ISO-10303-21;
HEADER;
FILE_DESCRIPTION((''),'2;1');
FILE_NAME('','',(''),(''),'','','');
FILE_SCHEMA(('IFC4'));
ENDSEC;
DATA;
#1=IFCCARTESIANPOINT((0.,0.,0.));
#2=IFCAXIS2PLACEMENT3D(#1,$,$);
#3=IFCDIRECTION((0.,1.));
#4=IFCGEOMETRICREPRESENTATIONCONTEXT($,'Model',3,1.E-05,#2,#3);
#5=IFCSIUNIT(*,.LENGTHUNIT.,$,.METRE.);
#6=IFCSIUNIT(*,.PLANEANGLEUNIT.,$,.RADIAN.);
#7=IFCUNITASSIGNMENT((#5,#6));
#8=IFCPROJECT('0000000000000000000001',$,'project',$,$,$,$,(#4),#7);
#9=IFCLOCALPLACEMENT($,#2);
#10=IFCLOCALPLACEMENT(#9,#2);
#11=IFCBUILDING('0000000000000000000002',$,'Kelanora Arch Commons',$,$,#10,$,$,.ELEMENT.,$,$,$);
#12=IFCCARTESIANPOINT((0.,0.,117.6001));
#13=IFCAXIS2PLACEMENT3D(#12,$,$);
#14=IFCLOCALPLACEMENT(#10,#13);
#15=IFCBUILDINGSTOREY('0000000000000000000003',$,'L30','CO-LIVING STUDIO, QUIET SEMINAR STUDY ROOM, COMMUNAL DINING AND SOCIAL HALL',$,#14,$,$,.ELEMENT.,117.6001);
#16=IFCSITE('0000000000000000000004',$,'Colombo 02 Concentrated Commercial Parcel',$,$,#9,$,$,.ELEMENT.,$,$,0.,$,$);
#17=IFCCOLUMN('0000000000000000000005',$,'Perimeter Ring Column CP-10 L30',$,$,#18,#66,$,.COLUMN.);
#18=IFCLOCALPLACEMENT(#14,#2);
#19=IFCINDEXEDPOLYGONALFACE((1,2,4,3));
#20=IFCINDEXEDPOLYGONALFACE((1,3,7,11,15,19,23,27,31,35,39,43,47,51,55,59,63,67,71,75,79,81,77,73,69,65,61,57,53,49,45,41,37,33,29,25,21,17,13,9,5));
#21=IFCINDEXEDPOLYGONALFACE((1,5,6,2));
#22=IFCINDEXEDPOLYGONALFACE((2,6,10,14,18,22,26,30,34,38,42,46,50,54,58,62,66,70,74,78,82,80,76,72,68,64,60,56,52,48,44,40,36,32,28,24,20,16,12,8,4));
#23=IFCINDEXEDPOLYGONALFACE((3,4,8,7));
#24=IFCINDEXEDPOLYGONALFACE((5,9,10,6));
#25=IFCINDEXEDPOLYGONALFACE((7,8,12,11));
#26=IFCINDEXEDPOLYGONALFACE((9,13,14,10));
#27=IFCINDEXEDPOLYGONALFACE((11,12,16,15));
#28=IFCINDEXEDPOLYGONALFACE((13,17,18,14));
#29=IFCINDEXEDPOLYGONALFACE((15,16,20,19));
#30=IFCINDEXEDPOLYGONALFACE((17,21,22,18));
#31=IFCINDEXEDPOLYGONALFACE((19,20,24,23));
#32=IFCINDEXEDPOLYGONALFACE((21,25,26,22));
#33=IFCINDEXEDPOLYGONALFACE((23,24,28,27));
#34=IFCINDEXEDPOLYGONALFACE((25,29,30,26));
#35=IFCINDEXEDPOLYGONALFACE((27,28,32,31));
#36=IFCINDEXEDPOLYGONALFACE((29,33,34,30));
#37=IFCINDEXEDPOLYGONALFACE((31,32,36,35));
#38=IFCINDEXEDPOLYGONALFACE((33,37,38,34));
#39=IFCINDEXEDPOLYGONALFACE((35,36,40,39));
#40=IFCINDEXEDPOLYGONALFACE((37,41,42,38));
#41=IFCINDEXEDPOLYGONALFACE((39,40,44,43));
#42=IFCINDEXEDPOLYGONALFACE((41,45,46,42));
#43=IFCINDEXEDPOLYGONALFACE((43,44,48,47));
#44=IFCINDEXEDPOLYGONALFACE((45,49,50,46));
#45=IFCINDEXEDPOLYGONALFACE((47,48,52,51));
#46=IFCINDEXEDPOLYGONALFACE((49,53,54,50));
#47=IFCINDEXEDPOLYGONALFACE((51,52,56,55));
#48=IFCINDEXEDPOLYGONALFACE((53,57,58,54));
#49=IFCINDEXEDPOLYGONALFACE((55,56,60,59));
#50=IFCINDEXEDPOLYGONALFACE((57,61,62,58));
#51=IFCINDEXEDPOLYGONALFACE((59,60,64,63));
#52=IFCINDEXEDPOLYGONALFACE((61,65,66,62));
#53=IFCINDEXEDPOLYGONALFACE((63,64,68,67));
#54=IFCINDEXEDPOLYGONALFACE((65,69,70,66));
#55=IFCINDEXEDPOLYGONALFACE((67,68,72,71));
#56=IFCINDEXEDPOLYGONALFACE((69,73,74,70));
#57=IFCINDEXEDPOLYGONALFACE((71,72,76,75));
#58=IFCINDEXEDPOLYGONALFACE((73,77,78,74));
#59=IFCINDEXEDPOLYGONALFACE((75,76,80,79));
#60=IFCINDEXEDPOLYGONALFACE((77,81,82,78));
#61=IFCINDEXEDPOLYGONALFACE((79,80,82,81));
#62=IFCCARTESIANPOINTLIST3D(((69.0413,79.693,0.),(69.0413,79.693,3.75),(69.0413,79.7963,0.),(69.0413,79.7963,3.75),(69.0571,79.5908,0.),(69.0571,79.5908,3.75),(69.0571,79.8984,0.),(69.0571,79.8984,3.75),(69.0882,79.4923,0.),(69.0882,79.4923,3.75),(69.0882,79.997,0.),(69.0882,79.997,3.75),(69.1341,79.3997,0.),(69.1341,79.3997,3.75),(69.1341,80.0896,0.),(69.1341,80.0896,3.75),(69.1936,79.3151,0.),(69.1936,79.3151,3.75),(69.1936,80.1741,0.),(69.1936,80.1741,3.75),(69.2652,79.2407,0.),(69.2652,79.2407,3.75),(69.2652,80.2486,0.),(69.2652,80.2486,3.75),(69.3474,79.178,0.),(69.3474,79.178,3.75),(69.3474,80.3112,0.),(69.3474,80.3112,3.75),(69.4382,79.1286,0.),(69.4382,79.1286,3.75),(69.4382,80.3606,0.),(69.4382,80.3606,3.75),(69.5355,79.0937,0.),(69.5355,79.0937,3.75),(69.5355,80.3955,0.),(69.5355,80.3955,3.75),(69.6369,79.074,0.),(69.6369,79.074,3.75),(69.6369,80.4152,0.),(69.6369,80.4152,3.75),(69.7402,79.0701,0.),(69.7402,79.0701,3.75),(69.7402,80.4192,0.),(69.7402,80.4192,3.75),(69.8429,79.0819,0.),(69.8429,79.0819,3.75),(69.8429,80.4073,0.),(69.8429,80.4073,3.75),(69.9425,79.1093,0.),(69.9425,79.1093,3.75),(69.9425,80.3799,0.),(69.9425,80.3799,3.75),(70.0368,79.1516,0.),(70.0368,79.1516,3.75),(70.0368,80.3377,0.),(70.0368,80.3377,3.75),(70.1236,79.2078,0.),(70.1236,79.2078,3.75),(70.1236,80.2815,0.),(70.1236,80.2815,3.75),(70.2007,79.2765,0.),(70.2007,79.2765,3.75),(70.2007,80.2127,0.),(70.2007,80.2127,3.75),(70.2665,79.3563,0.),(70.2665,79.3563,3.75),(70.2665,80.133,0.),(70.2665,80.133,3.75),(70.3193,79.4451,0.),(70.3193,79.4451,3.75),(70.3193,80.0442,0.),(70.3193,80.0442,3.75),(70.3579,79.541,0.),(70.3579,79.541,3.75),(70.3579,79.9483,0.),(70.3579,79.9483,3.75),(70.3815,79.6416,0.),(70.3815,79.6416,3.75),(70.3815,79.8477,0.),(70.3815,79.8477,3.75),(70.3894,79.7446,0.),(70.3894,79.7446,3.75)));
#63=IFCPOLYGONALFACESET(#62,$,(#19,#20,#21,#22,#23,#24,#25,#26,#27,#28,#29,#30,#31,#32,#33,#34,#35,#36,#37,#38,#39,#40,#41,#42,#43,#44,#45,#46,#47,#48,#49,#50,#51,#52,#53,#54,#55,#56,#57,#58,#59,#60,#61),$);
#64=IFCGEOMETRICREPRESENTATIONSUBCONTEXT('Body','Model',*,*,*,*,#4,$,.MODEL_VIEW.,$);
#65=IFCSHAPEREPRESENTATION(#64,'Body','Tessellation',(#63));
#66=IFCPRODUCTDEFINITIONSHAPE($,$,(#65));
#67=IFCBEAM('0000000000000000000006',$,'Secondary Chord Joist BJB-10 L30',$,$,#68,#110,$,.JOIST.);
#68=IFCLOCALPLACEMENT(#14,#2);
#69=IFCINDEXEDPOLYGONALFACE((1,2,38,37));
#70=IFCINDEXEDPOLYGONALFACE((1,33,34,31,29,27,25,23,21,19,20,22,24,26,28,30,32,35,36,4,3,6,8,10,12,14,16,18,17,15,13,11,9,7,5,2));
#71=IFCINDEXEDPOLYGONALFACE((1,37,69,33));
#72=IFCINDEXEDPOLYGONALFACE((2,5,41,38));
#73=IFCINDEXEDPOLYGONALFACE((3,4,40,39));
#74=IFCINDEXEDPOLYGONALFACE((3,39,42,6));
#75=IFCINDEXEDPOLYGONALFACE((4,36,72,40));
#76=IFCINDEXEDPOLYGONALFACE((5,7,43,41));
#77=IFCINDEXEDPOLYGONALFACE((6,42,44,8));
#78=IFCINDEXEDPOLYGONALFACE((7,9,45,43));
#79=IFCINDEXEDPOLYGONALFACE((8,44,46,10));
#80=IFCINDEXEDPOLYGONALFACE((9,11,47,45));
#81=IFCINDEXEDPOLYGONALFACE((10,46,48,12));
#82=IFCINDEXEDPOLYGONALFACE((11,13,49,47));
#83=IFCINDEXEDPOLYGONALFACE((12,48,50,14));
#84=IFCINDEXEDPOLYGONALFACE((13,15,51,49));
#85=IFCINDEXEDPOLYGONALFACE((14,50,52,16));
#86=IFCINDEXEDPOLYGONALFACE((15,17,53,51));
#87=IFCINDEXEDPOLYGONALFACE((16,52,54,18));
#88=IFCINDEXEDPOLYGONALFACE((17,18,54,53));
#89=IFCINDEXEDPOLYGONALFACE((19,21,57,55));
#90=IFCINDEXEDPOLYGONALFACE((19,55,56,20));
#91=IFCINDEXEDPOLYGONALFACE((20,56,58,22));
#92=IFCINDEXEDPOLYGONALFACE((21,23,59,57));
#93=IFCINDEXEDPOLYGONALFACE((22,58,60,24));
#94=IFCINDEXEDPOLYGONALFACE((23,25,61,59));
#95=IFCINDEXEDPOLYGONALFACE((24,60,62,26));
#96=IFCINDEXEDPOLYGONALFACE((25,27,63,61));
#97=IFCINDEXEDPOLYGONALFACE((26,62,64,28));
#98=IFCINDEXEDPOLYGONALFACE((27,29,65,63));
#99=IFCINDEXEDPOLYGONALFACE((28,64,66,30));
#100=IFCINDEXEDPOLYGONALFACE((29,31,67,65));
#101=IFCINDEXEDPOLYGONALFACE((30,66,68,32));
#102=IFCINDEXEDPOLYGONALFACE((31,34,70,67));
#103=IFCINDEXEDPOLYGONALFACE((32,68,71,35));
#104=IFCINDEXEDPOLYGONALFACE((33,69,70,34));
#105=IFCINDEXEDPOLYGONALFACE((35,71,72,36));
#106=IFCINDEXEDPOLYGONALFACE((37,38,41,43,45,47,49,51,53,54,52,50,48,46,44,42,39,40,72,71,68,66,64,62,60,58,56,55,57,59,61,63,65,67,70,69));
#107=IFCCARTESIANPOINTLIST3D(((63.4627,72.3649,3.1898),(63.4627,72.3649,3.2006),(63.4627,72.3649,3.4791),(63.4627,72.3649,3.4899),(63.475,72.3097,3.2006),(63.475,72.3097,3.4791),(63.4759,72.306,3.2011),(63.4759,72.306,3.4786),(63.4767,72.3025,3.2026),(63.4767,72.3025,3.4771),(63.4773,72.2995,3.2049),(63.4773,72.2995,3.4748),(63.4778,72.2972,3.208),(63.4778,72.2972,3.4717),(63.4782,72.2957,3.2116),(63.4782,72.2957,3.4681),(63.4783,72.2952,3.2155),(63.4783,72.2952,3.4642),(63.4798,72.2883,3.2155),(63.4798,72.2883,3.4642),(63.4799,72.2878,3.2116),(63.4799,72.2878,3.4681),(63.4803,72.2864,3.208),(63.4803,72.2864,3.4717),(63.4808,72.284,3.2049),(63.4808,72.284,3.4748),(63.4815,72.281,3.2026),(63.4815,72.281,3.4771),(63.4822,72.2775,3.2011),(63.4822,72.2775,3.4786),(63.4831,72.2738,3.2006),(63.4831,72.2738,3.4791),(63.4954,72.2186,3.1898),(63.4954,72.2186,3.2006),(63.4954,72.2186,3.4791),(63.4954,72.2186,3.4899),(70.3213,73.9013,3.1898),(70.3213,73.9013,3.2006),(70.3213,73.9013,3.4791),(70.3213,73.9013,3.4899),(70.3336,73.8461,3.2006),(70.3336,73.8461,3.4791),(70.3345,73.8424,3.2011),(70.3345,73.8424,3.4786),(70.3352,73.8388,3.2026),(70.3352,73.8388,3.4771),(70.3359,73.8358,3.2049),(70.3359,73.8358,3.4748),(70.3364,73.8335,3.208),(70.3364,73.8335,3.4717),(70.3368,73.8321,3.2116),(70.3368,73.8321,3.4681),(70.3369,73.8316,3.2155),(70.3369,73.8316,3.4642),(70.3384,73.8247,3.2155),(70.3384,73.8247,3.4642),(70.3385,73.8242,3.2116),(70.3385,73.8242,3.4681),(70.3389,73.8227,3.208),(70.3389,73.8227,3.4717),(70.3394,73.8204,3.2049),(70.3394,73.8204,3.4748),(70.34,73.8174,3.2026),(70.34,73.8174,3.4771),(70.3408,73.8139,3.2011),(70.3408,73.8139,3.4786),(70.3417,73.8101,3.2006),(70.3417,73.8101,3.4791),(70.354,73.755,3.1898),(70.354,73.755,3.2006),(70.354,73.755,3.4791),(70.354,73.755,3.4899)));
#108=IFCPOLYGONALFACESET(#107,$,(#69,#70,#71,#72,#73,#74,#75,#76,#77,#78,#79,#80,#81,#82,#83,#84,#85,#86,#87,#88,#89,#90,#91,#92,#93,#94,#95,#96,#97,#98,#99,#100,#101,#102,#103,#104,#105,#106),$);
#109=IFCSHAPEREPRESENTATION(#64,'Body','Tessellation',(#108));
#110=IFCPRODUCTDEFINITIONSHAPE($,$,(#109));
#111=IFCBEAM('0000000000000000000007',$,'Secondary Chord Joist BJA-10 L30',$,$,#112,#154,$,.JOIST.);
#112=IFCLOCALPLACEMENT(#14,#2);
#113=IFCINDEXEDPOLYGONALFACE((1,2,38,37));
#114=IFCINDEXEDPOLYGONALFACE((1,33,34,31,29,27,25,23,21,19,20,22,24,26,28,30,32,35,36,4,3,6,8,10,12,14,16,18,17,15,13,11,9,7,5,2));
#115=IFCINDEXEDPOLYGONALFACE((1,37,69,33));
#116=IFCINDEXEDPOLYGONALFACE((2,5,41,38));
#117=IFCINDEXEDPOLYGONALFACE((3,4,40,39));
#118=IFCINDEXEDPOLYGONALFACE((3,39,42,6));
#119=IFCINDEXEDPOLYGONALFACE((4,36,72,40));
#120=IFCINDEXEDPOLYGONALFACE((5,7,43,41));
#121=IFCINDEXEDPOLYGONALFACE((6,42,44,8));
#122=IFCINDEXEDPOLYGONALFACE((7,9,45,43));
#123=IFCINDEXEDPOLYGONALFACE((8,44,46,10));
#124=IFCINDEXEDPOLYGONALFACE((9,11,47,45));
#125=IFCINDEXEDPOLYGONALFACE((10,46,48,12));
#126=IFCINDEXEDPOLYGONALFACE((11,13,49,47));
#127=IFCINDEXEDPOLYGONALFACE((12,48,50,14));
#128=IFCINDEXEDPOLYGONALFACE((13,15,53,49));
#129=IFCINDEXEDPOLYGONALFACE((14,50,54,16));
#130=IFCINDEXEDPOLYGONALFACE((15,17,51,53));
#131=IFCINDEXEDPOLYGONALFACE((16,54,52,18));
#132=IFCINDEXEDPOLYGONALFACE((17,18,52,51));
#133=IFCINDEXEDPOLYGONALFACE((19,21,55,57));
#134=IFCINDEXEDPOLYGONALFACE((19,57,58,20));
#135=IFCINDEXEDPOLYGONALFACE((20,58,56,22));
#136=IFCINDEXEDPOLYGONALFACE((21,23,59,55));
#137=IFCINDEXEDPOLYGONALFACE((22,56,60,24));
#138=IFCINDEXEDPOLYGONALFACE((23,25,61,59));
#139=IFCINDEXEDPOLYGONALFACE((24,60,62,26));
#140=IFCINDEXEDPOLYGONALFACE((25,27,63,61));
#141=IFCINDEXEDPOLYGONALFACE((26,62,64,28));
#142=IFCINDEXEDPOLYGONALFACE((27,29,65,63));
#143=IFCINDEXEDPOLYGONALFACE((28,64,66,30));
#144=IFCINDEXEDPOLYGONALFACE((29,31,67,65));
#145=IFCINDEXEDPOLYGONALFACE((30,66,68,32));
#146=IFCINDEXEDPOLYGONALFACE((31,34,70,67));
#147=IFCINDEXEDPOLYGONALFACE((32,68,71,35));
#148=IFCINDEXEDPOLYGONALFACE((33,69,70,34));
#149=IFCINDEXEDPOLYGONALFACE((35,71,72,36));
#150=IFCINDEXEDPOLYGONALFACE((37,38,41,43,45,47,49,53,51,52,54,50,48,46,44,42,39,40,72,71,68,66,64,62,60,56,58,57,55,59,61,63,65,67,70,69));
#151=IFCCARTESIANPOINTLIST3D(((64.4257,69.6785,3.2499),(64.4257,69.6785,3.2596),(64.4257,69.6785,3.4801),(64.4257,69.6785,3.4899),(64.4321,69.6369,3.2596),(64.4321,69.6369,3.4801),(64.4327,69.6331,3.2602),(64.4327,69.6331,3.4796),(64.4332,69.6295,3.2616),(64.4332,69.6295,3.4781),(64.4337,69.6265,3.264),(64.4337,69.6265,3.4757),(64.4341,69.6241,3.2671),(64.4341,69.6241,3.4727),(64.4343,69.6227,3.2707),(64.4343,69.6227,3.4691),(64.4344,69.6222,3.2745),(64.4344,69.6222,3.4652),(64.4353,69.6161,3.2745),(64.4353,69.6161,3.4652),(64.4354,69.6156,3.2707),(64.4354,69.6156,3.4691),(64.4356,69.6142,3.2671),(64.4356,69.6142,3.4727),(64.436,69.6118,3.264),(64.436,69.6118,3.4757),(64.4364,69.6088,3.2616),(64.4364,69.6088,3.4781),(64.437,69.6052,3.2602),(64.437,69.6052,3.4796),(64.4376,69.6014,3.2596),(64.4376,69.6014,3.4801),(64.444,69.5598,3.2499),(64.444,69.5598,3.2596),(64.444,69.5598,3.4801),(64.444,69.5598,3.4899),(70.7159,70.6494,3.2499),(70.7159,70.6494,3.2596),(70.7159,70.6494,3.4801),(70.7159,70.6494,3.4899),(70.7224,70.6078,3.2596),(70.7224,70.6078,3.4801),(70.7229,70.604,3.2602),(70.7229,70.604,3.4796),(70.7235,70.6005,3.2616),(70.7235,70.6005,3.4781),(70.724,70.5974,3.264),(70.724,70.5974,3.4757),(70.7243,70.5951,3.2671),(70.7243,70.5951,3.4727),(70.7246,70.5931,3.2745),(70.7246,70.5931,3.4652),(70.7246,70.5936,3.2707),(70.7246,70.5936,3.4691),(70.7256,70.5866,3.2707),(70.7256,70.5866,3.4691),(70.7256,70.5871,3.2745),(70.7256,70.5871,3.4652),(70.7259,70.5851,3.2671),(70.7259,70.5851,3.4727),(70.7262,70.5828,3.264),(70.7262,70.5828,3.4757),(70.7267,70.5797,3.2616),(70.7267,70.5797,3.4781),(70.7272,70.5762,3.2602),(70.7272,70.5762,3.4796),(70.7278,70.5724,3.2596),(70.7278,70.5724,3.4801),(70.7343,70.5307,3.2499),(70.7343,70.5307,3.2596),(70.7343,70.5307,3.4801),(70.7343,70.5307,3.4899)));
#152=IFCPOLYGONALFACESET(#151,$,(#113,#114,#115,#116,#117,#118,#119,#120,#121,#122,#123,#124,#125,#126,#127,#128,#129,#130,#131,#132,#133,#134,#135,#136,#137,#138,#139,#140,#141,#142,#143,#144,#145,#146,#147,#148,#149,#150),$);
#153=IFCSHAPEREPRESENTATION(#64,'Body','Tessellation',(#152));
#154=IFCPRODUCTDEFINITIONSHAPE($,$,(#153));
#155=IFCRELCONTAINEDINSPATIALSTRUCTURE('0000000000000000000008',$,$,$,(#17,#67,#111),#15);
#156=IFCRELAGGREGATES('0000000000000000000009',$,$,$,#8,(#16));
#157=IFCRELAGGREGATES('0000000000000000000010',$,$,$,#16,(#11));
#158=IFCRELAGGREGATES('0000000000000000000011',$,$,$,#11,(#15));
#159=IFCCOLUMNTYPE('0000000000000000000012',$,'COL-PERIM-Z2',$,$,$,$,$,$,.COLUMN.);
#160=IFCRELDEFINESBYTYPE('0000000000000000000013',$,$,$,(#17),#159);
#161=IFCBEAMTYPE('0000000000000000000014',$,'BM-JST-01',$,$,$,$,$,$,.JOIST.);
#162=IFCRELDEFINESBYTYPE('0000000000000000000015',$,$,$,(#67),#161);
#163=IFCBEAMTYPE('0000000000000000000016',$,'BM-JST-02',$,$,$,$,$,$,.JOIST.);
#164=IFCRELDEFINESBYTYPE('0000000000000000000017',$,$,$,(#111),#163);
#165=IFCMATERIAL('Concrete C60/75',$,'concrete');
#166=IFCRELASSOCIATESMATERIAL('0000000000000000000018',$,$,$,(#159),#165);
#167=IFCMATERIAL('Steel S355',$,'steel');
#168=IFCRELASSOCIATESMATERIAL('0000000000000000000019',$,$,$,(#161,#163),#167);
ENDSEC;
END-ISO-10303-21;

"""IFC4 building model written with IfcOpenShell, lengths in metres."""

from ifc_helpers import new_model, si_unit, direction, frame, origin, origin_2d, place, context, subcontext, project, spatial, circle, i_section, extrude, material, material_profile, profile_set, type_object, element, save


model = new_model("IFC4")

# Units and contexts
model_context = context("Model", 3, precision=1e-05, world=origin(), true_north=direction((0.0, 1.0)))
body_context = subcontext(model_context, "Body", "Model", "MODEL_VIEW")
ifc_project = project(units=[si_unit("LENGTHUNIT", "METRE"), si_unit("PLANEANGLEUNIT", "RADIAN")], contexts=[model_context])

# Site, building, storey
site_placement = place(None, origin())
site = spatial("IfcSite", under=ifc_project, at=site_placement, Name="Colombo 02 Concentrated Commercial Parcel", CompositionType="ELEMENT", RefElevation=0.0)
building_placement = place(site_placement, origin())
building = spatial("IfcBuilding", under=site, at=building_placement, Name="Kelanora Arch Commons", CompositionType="ELEMENT")
storey_placement = place(building_placement, frame((0.0, 0.0, 117.6001)))
storey = spatial("IfcBuildingStorey", under=building, at=storey_placement, Name="L30", Description="CO-LIVING STUDIO, QUIET SEMINAR STUDY ROOM, COMMUNAL DINING AND SOCIAL HALL", CompositionType="ELEMENT", Elevation=117.6001)

# Column
ifc_material_1 = material(Name="Concrete C60/75", Category="concrete")
ifc_material_profile_1 = material_profile(ifc_material_1, circle(Radius=0.675, at=origin_2d()), Name="RCC1350")
ifc_profile_set_1 = profile_set([ifc_material_profile_1], Name="Concrete C60/75")
column_type = type_object("IfcColumnType", Name="COL-PERIM-Z2", PredefinedType="COLUMN", material=ifc_profile_set_1)
column_placement = place(storey_placement, frame((69.7144, 79.7446, 0.0), z_axis=(0.0, 0.0, 1.0), x_axis=(1.0, 0.0, 0.0)))
element("IfcColumn", 1, at=column_placement, inside=storey, type_object=column_type, Name="Perimeter Ring Column CP-10 L30", PredefinedType="COLUMN", context=body_context, shape_type="SweptSolid", body=[
    extrude(circle(Radius=0.675, at=origin_2d()), origin(), (0.0, 0.0, 1.0), 3.75),
])

# Beams
ifc_material_2 = material(Name="Steel S355", Category="steel")
ifc_material_profile_2 = material_profile(ifc_material_2, i_section(OverallWidth=0.1499, OverallDepth=0.3, WebThickness=0.0071, FlangeThickness=0.0107, FilletRadius=0.0149, at=origin_2d()), Name="IPE300")
ifc_profile_set_2 = profile_set([ifc_material_profile_2], Name="Steel S355")
beam_type_1 = type_object("IfcBeamType", Name="BM-JST-01", PredefinedType="JOIST", material=ifc_profile_set_2)
beam_1_placement = place(storey_placement, frame((70.3376, 73.8281, 3.3398), z_axis=(-0.975817, -0.218589, 0.0), x_axis=(0.218589, -0.975817, 0.0)))
element("IfcBeam", 2, at=beam_1_placement, inside=storey, type_object=beam_type_1, Name="Secondary Chord Joist BJB-10 L30", PredefinedType="JOIST", context=body_context, shape_type="SweptSolid", body=[
    extrude(i_section(OverallWidth=0.1499, OverallDepth=0.3, WebThickness=0.0071, FlangeThickness=0.0107, FilletRadius=0.0149, at=origin_2d()), origin(), (0.0, 0.0, 1.0), 7.0286),
])
ifc_material_profile_3 = material_profile(ifc_material_2, i_section(OverallWidth=0.1201, OverallDepth=0.24, WebThickness=0.0061, FlangeThickness=0.0098, FilletRadius=0.0149, at=origin_2d()), Name="IPE240")
ifc_profile_set_3 = profile_set([ifc_material_profile_3], Name="Steel S355")
beam_type_2 = type_object("IfcBeamType", Name="BM-JST-02", PredefinedType="JOIST", material=ifc_profile_set_3)
beam_2_placement = place(storey_placement, frame((70.7251, 70.5901, 3.3699), z_axis=(-0.988296, -0.15255, 0.0), x_axis=(0.15255, -0.988296, 0.0)))
element("IfcBeam", 3, at=beam_2_placement, inside=storey, type_object=beam_type_2, Name="Secondary Chord Joist BJA-10 L30", PredefinedType="JOIST", context=body_context, shape_type="SweptSolid", body=[
    extrude(i_section(OverallWidth=0.1201, OverallDepth=0.24, WebThickness=0.0061, FlangeThickness=0.0098, FilletRadius=0.0149, at=origin_2d()), origin(), (0.0, 0.0, 1.0), 6.3647),
])

save(model, "model.ifc")
